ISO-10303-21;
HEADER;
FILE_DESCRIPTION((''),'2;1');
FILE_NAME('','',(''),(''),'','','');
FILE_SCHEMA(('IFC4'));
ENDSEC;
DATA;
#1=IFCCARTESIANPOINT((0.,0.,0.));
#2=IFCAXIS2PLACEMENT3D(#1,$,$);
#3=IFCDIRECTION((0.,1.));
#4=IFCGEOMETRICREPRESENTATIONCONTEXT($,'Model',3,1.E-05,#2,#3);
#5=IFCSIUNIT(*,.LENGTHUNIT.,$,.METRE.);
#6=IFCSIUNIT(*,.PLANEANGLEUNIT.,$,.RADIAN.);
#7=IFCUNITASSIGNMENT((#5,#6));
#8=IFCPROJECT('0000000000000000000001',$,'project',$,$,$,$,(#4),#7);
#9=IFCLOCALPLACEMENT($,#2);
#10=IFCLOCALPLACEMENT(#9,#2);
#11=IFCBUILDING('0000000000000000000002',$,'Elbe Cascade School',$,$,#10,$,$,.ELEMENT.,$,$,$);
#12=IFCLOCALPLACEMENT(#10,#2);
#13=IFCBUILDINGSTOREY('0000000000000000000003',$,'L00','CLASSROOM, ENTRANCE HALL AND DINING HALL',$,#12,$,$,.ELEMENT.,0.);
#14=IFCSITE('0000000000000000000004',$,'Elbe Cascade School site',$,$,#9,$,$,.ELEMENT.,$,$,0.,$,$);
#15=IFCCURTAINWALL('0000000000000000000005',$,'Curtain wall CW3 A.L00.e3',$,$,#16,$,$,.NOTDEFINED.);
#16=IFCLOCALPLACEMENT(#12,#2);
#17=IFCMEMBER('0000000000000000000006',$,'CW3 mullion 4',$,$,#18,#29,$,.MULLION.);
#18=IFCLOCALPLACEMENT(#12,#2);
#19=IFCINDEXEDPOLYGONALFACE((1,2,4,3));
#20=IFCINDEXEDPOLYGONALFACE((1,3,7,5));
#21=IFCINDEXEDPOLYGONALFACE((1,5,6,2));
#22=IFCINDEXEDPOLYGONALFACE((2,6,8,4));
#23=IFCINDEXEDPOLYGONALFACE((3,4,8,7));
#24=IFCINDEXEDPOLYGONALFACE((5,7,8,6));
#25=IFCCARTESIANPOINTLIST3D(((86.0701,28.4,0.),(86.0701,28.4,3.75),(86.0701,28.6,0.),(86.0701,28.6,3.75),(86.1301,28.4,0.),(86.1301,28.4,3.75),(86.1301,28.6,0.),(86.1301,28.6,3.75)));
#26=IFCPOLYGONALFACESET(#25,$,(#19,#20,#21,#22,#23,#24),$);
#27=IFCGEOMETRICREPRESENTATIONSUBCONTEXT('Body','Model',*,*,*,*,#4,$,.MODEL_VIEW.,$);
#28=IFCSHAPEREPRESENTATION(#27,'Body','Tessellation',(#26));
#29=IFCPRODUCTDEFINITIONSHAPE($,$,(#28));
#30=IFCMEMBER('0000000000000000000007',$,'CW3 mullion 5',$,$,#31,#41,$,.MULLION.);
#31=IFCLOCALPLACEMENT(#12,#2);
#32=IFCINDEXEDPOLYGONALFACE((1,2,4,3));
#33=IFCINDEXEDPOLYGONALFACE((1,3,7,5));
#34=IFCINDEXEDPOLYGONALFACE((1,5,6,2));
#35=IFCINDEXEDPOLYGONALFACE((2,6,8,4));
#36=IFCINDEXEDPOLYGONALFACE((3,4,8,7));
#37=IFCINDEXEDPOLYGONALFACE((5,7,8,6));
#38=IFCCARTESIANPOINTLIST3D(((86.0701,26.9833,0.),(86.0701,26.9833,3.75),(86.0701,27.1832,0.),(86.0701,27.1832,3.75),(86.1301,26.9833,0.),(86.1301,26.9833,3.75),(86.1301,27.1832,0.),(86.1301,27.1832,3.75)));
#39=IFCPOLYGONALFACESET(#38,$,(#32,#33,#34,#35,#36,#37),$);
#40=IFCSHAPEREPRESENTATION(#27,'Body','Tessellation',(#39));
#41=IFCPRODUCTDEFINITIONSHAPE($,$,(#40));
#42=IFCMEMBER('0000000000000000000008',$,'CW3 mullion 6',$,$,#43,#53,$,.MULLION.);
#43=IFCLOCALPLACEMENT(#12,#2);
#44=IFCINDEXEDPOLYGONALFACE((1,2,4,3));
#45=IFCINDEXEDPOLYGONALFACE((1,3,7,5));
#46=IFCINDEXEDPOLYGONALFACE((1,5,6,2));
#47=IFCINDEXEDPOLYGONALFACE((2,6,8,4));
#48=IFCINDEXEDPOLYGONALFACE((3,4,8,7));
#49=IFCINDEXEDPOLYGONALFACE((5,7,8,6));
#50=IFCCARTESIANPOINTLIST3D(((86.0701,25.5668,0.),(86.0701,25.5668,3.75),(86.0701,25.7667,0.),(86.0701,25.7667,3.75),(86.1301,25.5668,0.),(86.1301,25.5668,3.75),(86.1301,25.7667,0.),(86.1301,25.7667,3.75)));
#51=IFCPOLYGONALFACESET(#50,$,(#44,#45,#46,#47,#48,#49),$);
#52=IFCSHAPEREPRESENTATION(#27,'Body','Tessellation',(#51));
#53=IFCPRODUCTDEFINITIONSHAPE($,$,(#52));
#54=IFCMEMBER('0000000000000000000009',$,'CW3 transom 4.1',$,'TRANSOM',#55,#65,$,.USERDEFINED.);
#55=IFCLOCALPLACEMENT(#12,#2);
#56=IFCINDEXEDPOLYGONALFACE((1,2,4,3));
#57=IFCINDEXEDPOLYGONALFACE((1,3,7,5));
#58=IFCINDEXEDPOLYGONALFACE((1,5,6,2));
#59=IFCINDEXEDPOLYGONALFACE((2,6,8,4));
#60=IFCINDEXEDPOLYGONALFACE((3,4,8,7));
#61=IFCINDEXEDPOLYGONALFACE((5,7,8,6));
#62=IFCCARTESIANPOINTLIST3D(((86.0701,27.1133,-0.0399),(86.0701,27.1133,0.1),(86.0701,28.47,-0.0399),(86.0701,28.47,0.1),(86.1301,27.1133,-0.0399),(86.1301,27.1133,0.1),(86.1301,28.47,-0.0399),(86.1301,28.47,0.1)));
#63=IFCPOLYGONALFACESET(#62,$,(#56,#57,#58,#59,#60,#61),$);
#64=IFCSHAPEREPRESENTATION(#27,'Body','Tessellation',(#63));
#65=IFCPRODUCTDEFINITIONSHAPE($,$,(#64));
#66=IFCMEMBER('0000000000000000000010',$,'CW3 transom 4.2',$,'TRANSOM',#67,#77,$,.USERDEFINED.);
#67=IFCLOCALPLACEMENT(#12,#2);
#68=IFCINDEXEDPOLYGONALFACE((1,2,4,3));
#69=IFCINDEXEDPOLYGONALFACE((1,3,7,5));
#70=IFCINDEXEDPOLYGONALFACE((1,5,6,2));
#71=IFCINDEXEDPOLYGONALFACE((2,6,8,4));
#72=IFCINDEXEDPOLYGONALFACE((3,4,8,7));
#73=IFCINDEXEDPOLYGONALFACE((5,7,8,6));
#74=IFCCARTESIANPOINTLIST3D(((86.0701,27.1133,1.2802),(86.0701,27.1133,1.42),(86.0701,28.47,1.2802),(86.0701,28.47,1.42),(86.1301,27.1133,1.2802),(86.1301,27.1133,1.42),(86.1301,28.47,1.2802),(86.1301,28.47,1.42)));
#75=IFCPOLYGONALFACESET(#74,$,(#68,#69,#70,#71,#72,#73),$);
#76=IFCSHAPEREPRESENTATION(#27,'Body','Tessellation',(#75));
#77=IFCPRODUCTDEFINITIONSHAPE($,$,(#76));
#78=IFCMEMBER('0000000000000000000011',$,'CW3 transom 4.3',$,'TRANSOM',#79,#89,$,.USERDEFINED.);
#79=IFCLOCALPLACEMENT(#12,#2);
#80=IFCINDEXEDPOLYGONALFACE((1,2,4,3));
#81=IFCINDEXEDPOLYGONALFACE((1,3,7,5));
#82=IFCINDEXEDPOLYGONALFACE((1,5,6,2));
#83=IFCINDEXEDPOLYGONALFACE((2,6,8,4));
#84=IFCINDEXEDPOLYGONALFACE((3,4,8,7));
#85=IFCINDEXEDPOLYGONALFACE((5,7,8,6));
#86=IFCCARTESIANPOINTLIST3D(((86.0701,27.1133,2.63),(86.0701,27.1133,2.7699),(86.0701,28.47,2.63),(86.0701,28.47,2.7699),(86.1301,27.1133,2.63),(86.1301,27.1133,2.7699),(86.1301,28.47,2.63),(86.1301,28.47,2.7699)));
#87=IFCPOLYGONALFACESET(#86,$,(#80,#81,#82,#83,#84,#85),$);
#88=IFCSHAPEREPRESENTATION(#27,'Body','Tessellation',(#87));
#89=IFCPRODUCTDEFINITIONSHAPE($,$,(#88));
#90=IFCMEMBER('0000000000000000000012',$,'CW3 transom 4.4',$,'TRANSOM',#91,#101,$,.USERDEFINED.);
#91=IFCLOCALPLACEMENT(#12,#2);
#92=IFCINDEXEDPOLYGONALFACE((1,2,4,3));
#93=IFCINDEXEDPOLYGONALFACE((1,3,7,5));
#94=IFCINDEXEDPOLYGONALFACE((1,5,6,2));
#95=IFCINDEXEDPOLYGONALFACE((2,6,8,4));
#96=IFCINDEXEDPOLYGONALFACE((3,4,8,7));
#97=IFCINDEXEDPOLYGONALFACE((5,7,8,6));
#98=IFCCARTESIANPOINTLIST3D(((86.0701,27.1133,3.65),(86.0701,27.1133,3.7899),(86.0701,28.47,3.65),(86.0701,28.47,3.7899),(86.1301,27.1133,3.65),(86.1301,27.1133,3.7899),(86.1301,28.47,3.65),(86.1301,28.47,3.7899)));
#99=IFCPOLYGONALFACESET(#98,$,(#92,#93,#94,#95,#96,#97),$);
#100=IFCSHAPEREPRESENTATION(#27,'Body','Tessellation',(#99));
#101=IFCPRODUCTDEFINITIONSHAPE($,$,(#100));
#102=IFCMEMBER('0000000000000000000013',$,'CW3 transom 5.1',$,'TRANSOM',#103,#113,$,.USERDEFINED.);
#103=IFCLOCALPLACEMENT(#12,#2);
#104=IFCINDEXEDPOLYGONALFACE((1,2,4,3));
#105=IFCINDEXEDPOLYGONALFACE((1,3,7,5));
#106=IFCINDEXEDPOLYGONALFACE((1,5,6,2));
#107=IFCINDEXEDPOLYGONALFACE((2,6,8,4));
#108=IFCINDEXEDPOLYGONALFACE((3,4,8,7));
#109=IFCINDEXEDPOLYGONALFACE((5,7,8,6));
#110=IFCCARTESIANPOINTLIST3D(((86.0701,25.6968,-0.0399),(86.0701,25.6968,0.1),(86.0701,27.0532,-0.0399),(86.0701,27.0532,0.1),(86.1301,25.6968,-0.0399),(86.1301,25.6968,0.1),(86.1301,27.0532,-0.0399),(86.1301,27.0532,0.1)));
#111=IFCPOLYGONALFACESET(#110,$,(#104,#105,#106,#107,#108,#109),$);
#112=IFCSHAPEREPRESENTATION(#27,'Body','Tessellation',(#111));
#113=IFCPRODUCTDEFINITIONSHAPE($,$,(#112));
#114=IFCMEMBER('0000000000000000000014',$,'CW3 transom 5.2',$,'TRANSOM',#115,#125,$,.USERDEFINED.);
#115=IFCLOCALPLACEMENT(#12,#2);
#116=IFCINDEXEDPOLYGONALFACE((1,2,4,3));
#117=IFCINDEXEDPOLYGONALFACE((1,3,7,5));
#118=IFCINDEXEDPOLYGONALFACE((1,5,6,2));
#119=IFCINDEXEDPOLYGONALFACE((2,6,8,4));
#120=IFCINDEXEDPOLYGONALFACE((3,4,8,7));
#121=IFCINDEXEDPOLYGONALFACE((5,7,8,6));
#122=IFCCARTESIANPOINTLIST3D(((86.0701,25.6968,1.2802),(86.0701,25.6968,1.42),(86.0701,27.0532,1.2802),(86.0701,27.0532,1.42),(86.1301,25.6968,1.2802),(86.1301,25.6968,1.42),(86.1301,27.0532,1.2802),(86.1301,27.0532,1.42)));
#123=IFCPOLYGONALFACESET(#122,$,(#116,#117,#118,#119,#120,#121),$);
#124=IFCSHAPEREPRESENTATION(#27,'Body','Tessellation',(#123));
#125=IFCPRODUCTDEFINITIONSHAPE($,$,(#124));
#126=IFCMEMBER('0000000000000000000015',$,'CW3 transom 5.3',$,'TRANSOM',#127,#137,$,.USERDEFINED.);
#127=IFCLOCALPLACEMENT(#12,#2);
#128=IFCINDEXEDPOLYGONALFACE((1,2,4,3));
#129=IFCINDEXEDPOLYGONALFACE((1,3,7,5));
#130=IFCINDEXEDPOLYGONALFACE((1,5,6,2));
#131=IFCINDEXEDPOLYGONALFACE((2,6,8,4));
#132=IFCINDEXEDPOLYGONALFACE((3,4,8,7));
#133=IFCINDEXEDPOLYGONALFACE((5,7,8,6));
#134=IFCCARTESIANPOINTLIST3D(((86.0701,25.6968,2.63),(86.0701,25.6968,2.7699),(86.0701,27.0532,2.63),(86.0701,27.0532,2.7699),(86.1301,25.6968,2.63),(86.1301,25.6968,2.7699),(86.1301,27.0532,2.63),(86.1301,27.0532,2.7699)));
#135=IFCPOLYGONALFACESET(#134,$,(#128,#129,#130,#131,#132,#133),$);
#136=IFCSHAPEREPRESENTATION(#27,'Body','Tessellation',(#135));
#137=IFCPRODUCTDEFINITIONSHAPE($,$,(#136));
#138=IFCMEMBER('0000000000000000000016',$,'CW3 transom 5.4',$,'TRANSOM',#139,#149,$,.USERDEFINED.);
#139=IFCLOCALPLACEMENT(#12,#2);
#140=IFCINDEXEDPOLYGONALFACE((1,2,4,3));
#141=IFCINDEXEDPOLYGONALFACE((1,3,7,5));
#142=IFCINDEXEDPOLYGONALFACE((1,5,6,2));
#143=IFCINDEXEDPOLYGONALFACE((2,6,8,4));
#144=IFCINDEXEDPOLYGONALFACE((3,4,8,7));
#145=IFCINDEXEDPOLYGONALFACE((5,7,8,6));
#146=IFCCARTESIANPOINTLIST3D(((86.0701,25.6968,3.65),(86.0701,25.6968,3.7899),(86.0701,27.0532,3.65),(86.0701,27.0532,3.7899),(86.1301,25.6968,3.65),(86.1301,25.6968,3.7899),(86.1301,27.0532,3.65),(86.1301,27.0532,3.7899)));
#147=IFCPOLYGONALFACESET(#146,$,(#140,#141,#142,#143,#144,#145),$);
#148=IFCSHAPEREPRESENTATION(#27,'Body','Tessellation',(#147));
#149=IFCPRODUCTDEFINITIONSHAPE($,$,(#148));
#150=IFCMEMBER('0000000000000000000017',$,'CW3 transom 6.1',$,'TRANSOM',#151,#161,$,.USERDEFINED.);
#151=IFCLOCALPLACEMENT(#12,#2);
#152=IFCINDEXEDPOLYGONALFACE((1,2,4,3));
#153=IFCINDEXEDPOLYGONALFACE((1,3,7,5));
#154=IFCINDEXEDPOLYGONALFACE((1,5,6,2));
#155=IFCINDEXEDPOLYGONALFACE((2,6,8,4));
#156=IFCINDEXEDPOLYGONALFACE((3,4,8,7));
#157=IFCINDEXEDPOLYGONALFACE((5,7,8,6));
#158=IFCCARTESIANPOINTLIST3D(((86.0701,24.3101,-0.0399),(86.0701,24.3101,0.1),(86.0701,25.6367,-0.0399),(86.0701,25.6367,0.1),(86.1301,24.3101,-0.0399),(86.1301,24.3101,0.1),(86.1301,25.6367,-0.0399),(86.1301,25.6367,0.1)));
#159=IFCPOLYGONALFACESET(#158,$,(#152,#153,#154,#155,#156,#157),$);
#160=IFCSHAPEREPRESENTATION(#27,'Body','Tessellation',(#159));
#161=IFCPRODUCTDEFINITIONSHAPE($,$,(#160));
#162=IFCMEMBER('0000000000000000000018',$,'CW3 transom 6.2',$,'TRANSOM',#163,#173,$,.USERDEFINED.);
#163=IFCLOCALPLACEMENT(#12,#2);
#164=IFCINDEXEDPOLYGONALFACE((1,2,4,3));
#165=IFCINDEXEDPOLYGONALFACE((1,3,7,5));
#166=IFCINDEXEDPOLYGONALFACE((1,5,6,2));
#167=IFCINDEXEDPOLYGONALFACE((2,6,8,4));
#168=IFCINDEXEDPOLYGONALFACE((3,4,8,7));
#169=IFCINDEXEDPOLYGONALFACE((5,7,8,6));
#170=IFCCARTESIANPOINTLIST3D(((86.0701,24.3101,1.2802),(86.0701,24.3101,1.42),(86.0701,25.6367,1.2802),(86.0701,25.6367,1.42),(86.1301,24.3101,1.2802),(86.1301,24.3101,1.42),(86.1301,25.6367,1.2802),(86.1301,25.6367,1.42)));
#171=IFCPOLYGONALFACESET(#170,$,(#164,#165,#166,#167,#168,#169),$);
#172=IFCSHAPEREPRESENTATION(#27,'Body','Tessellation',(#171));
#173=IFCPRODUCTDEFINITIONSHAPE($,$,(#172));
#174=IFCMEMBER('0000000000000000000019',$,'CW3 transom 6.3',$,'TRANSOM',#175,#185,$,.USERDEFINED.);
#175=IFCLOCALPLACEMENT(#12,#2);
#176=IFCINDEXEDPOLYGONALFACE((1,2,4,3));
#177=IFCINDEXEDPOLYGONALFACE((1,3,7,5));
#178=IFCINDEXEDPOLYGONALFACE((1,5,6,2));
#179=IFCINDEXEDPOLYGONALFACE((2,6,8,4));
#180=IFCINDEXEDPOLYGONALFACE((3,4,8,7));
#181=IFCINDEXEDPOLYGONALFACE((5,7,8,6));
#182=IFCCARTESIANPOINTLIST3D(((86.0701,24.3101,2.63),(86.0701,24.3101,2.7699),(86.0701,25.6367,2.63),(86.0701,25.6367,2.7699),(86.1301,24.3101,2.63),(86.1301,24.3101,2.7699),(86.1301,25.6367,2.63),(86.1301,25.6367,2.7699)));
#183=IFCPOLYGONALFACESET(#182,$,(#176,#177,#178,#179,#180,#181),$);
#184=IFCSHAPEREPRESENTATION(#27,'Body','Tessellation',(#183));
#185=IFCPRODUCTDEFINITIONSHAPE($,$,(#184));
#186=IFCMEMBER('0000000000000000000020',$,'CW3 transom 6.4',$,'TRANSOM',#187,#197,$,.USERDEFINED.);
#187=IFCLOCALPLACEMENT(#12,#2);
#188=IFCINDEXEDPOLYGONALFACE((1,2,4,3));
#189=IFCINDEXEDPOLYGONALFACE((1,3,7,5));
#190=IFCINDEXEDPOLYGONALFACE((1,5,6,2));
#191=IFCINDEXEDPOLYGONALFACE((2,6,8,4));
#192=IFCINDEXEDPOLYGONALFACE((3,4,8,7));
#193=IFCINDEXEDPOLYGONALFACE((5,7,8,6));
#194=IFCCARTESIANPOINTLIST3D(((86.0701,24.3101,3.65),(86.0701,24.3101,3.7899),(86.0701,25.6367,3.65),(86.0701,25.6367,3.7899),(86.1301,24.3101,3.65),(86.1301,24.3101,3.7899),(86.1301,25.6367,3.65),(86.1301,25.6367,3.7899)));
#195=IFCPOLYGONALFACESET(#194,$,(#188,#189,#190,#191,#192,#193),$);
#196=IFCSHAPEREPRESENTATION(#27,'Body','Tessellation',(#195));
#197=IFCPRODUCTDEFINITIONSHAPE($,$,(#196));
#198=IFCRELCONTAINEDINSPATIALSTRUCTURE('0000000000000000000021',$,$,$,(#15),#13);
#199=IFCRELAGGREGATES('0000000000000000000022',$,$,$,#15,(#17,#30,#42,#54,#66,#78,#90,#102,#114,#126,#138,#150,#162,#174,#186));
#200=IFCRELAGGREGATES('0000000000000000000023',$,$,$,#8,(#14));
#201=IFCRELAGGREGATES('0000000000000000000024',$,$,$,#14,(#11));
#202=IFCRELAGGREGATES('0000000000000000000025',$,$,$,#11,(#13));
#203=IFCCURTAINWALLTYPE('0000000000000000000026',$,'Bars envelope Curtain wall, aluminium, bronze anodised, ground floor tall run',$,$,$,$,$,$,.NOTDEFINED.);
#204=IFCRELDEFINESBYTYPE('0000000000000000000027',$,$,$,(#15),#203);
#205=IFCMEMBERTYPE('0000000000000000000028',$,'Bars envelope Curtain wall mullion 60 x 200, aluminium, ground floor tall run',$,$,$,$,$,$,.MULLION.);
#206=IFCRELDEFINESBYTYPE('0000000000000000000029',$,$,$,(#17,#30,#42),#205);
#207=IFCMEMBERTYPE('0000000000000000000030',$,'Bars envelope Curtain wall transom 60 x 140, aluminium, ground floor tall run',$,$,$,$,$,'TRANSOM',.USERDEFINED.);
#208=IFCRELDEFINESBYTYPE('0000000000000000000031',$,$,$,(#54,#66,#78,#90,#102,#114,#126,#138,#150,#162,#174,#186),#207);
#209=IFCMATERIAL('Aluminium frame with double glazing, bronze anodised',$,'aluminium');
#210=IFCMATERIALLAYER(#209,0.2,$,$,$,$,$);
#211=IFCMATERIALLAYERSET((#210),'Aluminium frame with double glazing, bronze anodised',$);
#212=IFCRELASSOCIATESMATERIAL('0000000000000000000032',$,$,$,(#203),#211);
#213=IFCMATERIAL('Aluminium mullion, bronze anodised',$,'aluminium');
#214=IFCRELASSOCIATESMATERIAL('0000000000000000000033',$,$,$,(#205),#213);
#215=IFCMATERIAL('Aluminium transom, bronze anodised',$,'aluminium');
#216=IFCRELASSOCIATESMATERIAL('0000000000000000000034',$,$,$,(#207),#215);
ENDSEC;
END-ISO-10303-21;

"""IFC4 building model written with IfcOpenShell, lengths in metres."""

from ifc_helpers import new_model, si_unit, direction, frame, origin, origin_2d, place, context, subcontext, project, spatial, rectangle, extrude, material, layer, layer_set, material_profile, profile_set, type_object, element, aggregate, save


model = new_model("IFC4")

# Units and contexts
model_context = context("Model", 3, precision=1e-05, world=origin(), true_north=direction((0.0, 1.0)))
body_context = subcontext(model_context, "Body", "Model", "MODEL_VIEW")
ifc_project = project(units=[si_unit("LENGTHUNIT", "METRE"), si_unit("PLANEANGLEUNIT", "RADIAN")], contexts=[model_context])

# Site, building, storey
site_placement = place(None, origin())
site = spatial("IfcSite", under=ifc_project, at=site_placement, Name="Elbe Cascade School site", CompositionType="ELEMENT", RefElevation=0.0)
building_placement = place(site_placement, origin())
building = spatial("IfcBuilding", under=site, at=building_placement, Name="Elbe Cascade School", CompositionType="ELEMENT")
storey_placement = place(building_placement, origin())
storey = spatial("IfcBuildingStorey", under=building, at=storey_placement, Name="L00", Description="CLASSROOM, ENTRANCE HALL AND DINING HALL", CompositionType="ELEMENT", Elevation=0.0)

# Curtain wall, members
ifc_material_1 = material(Name="Aluminium frame with double glazing, bronze anodised", Category="aluminium")
ifc_layer_1 = layer(ifc_material_1, 0.2)
ifc_layer_set_1 = layer_set([ifc_layer_1], Name="Aluminium frame with double glazing, bronze anodised")
curtain_wall_type = type_object("IfcCurtainWallType", Name="Bars envelope Curtain wall, aluminium, bronze anodised, ground floor tall run", PredefinedType="NOTDEFINED", material=ifc_layer_set_1)
curtain_wall_placement = place(storey_placement, origin())
curtain_wall = element("IfcCurtainWall", 1, at=curtain_wall_placement, inside=storey, type_object=curtain_wall_type, Name="Curtain wall CW3 A.L00.e3", PredefinedType="NOTDEFINED")
ifc_material_2 = material(Name="Aluminium mullion, bronze anodised", Category="aluminium")
ifc_material_profile_1 = material_profile(ifc_material_2, rectangle(XDim=0.0601, YDim=0.2, at=origin_2d()), Name="Bars envelope Curtain wall mullion 60 x 200, aluminium, ground floor tall run")
ifc_profile_set_1 = profile_set([ifc_material_profile_1], Name="Aluminium mullion, bronze anodised")
member_type_1 = type_object("IfcMemberType", Name="Bars envelope Curtain wall mullion 60 x 200, aluminium, ground floor tall run", PredefinedType="MULLION", material=ifc_profile_set_1)
member_1_placement = place(storey_placement, frame((86.1001, 28.5, 0.0), z_axis=(0.0, 0.0, 1.0), x_axis=(1.0, 0.0, 0.0)))
member_1 = element("IfcMember", 2, at=member_1_placement, type_object=member_type_1, Name="CW3 mullion 4", PredefinedType="MULLION", context=body_context, shape_type="SweptSolid", body=[
    extrude(rectangle(XDim=0.0601, YDim=0.2, at=origin_2d()), origin(), (0.0, 0.0, 1.0), 3.75),
])
member_2_placement = place(storey_placement, frame((86.1001, 27.0833, 0.0), z_axis=(0.0, 0.0, 1.0), x_axis=(1.0, 0.0, 0.0)))
member_2 = element("IfcMember", 3, at=member_2_placement, type_object=member_type_1, Name="CW3 mullion 5", PredefinedType="MULLION", context=body_context, shape_type="SweptSolid", body=[
    extrude(rectangle(XDim=0.0601, YDim=0.2, at=origin_2d()), origin(), (0.0, 0.0, 1.0), 3.75),
])
member_3_placement = place(storey_placement, frame((86.1001, 25.6667, 0.0), z_axis=(0.0, 0.0, 1.0), x_axis=(1.0, 0.0, 0.0)))
member_3 = element("IfcMember", 4, at=member_3_placement, type_object=member_type_1, Name="CW3 mullion 6", PredefinedType="MULLION", context=body_context, shape_type="SweptSolid", body=[
    extrude(rectangle(XDim=0.0601, YDim=0.2, at=origin_2d()), origin(), (0.0, 0.0, 1.0), 3.75),
])
ifc_material_3 = material(Name="Aluminium transom, bronze anodised", Category="aluminium")
ifc_material_profile_2 = material_profile(ifc_material_3, rectangle(XDim=0.0601, YDim=0.1399, at=origin_2d()), Name="Bars envelope Curtain wall transom 60 x 140, aluminium, ground floor tall run")
ifc_profile_set_2 = profile_set([ifc_material_profile_2], Name="Aluminium transom, bronze anodised")
member_type_2 = type_object("IfcMemberType", Name="Bars envelope Curtain wall transom 60 x 140, aluminium, ground floor tall run", ElementType="TRANSOM", PredefinedType="USERDEFINED", material=ifc_profile_set_2)
member_4_placement = place(storey_placement, frame((86.1001, 28.47, 0.03), z_axis=(0.0, -1.0, 0.0), x_axis=(1.0, 0.0, 0.0)))
member_4 = element("IfcMember", 5, at=member_4_placement, type_object=member_type_2, Name="CW3 transom 4.1", ObjectType="TRANSOM", PredefinedType="USERDEFINED", context=body_context, shape_type="SweptSolid", body=[
    extrude(rectangle(XDim=0.0601, YDim=0.1399, at=origin_2d()), origin(), (0.0, 0.0, 1.0), 1.3567),
])
member_5_placement = place(storey_placement, frame((86.1001, 28.47, 1.3501), z_axis=(0.0, -1.0, 0.0), x_axis=(1.0, 0.0, 0.0)))
member_5 = element("IfcMember", 6, at=member_5_placement, type_object=member_type_2, Name="CW3 transom 4.2", ObjectType="TRANSOM", PredefinedType="USERDEFINED", context=body_context, shape_type="SweptSolid", body=[
    extrude(rectangle(XDim=0.0601, YDim=0.1399, at=origin_2d()), origin(), (0.0, 0.0, 1.0), 1.3567),
])
member_6_placement = place(storey_placement, frame((86.1001, 28.47, 2.7), z_axis=(0.0, -1.0, 0.0), x_axis=(1.0, 0.0, 0.0)))
member_6 = element("IfcMember", 7, at=member_6_placement, type_object=member_type_2, Name="CW3 transom 4.3", ObjectType="TRANSOM", PredefinedType="USERDEFINED", context=body_context, shape_type="SweptSolid", body=[
    extrude(rectangle(XDim=0.0601, YDim=0.1399, at=origin_2d()), origin(), (0.0, 0.0, 1.0), 1.3567),
])
member_7_placement = place(storey_placement, frame((86.1001, 28.47, 3.72), z_axis=(0.0, -1.0, 0.0), x_axis=(1.0, 0.0, 0.0)))
member_7 = element("IfcMember", 8, at=member_7_placement, type_object=member_type_2, Name="CW3 transom 4.4", ObjectType="TRANSOM", PredefinedType="USERDEFINED", context=body_context, shape_type="SweptSolid", body=[
    extrude(rectangle(XDim=0.0601, YDim=0.1399, at=origin_2d()), origin(), (0.0, 0.0, 1.0), 1.3567),
])
member_8_placement = place(storey_placement, frame((86.1001, 27.0532, 0.03), z_axis=(0.0, -1.0, 0.0), x_axis=(1.0, 0.0, 0.0)))
member_8 = element("IfcMember", 9, at=member_8_placement, type_object=member_type_2, Name="CW3 transom 5.1", ObjectType="TRANSOM", PredefinedType="USERDEFINED", context=body_context, shape_type="SweptSolid", body=[
    extrude(rectangle(XDim=0.0601, YDim=0.1399, at=origin_2d()), origin(), (0.0, 0.0, 1.0), 1.3564),
])
member_9_placement = place(storey_placement, frame((86.1001, 27.0532, 1.3501), z_axis=(0.0, -1.0, 0.0), x_axis=(1.0, 0.0, 0.0)))
member_9 = element("IfcMember", 10, at=member_9_placement, type_object=member_type_2, Name="CW3 transom 5.2", ObjectType="TRANSOM", PredefinedType="USERDEFINED", context=body_context, shape_type="SweptSolid", body=[
    extrude(rectangle(XDim=0.0601, YDim=0.1399, at=origin_2d()), origin(), (0.0, 0.0, 1.0), 1.3564),
])
member_10_placement = place(storey_placement, frame((86.1001, 27.0532, 2.7), z_axis=(0.0, -1.0, 0.0), x_axis=(1.0, 0.0, 0.0)))
member_10 = element("IfcMember", 11, at=member_10_placement, type_object=member_type_2, Name="CW3 transom 5.3", ObjectType="TRANSOM", PredefinedType="USERDEFINED", context=body_context, shape_type="SweptSolid", body=[
    extrude(rectangle(XDim=0.0601, YDim=0.1399, at=origin_2d()), origin(), (0.0, 0.0, 1.0), 1.3564),
])
member_11_placement = place(storey_placement, frame((86.1001, 27.0532, 3.72), z_axis=(0.0, -1.0, 0.0), x_axis=(1.0, 0.0, 0.0)))
member_11 = element("IfcMember", 12, at=member_11_placement, type_object=member_type_2, Name="CW3 transom 5.4", ObjectType="TRANSOM", PredefinedType="USERDEFINED", context=body_context, shape_type="SweptSolid", body=[
    extrude(rectangle(XDim=0.0601, YDim=0.1399, at=origin_2d()), origin(), (0.0, 0.0, 1.0), 1.3564),
])
member_12_placement = place(storey_placement, frame((86.1001, 25.6367, 0.03), z_axis=(0.0, -1.0, 0.0), x_axis=(1.0, 0.0, 0.0)))
member_12 = element("IfcMember", 13, at=member_12_placement, type_object=member_type_2, Name="CW3 transom 6.1", ObjectType="TRANSOM", PredefinedType="USERDEFINED", context=body_context, shape_type="SweptSolid", body=[
    extrude(rectangle(XDim=0.0601, YDim=0.1399, at=origin_2d()), origin(), (0.0, 0.0, 1.0), 1.3267),
])
member_13_placement = place(storey_placement, frame((86.1001, 25.6367, 1.3501), z_axis=(0.0, -1.0, 0.0), x_axis=(1.0, 0.0, 0.0)))
member_13 = element("IfcMember", 14, at=member_13_placement, type_object=member_type_2, Name="CW3 transom 6.2", ObjectType="TRANSOM", PredefinedType="USERDEFINED", context=body_context, shape_type="SweptSolid", body=[
    extrude(rectangle(XDim=0.0601, YDim=0.1399, at=origin_2d()), origin(), (0.0, 0.0, 1.0), 1.3267),
])
member_14_placement = place(storey_placement, frame((86.1001, 25.6367, 2.7), z_axis=(0.0, -1.0, 0.0), x_axis=(1.0, 0.0, 0.0)))
member_14 = element("IfcMember", 15, at=member_14_placement, type_object=member_type_2, Name="CW3 transom 6.3", ObjectType="TRANSOM", PredefinedType="USERDEFINED", context=body_context, shape_type="SweptSolid", body=[
    extrude(rectangle(XDim=0.0601, YDim=0.1399, at=origin_2d()), origin(), (0.0, 0.0, 1.0), 1.3267),
])
member_15_placement = place(storey_placement, frame((86.1001, 25.6367, 3.72), z_axis=(0.0, -1.0, 0.0), x_axis=(1.0, 0.0, 0.0)))
member_15 = element("IfcMember", 16, at=member_15_placement, type_object=member_type_2, Name="CW3 transom 6.4", ObjectType="TRANSOM", PredefinedType="USERDEFINED", context=body_context, shape_type="SweptSolid", body=[
    extrude(rectangle(XDim=0.0601, YDim=0.1399, at=origin_2d()), origin(), (0.0, 0.0, 1.0), 1.3267),
])
aggregate(curtain_wall, [member_1, member_2, member_3, member_4, member_5, member_6, member_7, member_8, member_9, member_10, member_11, member_12, member_13, member_14, member_15])

save(model, "model.ifc")
